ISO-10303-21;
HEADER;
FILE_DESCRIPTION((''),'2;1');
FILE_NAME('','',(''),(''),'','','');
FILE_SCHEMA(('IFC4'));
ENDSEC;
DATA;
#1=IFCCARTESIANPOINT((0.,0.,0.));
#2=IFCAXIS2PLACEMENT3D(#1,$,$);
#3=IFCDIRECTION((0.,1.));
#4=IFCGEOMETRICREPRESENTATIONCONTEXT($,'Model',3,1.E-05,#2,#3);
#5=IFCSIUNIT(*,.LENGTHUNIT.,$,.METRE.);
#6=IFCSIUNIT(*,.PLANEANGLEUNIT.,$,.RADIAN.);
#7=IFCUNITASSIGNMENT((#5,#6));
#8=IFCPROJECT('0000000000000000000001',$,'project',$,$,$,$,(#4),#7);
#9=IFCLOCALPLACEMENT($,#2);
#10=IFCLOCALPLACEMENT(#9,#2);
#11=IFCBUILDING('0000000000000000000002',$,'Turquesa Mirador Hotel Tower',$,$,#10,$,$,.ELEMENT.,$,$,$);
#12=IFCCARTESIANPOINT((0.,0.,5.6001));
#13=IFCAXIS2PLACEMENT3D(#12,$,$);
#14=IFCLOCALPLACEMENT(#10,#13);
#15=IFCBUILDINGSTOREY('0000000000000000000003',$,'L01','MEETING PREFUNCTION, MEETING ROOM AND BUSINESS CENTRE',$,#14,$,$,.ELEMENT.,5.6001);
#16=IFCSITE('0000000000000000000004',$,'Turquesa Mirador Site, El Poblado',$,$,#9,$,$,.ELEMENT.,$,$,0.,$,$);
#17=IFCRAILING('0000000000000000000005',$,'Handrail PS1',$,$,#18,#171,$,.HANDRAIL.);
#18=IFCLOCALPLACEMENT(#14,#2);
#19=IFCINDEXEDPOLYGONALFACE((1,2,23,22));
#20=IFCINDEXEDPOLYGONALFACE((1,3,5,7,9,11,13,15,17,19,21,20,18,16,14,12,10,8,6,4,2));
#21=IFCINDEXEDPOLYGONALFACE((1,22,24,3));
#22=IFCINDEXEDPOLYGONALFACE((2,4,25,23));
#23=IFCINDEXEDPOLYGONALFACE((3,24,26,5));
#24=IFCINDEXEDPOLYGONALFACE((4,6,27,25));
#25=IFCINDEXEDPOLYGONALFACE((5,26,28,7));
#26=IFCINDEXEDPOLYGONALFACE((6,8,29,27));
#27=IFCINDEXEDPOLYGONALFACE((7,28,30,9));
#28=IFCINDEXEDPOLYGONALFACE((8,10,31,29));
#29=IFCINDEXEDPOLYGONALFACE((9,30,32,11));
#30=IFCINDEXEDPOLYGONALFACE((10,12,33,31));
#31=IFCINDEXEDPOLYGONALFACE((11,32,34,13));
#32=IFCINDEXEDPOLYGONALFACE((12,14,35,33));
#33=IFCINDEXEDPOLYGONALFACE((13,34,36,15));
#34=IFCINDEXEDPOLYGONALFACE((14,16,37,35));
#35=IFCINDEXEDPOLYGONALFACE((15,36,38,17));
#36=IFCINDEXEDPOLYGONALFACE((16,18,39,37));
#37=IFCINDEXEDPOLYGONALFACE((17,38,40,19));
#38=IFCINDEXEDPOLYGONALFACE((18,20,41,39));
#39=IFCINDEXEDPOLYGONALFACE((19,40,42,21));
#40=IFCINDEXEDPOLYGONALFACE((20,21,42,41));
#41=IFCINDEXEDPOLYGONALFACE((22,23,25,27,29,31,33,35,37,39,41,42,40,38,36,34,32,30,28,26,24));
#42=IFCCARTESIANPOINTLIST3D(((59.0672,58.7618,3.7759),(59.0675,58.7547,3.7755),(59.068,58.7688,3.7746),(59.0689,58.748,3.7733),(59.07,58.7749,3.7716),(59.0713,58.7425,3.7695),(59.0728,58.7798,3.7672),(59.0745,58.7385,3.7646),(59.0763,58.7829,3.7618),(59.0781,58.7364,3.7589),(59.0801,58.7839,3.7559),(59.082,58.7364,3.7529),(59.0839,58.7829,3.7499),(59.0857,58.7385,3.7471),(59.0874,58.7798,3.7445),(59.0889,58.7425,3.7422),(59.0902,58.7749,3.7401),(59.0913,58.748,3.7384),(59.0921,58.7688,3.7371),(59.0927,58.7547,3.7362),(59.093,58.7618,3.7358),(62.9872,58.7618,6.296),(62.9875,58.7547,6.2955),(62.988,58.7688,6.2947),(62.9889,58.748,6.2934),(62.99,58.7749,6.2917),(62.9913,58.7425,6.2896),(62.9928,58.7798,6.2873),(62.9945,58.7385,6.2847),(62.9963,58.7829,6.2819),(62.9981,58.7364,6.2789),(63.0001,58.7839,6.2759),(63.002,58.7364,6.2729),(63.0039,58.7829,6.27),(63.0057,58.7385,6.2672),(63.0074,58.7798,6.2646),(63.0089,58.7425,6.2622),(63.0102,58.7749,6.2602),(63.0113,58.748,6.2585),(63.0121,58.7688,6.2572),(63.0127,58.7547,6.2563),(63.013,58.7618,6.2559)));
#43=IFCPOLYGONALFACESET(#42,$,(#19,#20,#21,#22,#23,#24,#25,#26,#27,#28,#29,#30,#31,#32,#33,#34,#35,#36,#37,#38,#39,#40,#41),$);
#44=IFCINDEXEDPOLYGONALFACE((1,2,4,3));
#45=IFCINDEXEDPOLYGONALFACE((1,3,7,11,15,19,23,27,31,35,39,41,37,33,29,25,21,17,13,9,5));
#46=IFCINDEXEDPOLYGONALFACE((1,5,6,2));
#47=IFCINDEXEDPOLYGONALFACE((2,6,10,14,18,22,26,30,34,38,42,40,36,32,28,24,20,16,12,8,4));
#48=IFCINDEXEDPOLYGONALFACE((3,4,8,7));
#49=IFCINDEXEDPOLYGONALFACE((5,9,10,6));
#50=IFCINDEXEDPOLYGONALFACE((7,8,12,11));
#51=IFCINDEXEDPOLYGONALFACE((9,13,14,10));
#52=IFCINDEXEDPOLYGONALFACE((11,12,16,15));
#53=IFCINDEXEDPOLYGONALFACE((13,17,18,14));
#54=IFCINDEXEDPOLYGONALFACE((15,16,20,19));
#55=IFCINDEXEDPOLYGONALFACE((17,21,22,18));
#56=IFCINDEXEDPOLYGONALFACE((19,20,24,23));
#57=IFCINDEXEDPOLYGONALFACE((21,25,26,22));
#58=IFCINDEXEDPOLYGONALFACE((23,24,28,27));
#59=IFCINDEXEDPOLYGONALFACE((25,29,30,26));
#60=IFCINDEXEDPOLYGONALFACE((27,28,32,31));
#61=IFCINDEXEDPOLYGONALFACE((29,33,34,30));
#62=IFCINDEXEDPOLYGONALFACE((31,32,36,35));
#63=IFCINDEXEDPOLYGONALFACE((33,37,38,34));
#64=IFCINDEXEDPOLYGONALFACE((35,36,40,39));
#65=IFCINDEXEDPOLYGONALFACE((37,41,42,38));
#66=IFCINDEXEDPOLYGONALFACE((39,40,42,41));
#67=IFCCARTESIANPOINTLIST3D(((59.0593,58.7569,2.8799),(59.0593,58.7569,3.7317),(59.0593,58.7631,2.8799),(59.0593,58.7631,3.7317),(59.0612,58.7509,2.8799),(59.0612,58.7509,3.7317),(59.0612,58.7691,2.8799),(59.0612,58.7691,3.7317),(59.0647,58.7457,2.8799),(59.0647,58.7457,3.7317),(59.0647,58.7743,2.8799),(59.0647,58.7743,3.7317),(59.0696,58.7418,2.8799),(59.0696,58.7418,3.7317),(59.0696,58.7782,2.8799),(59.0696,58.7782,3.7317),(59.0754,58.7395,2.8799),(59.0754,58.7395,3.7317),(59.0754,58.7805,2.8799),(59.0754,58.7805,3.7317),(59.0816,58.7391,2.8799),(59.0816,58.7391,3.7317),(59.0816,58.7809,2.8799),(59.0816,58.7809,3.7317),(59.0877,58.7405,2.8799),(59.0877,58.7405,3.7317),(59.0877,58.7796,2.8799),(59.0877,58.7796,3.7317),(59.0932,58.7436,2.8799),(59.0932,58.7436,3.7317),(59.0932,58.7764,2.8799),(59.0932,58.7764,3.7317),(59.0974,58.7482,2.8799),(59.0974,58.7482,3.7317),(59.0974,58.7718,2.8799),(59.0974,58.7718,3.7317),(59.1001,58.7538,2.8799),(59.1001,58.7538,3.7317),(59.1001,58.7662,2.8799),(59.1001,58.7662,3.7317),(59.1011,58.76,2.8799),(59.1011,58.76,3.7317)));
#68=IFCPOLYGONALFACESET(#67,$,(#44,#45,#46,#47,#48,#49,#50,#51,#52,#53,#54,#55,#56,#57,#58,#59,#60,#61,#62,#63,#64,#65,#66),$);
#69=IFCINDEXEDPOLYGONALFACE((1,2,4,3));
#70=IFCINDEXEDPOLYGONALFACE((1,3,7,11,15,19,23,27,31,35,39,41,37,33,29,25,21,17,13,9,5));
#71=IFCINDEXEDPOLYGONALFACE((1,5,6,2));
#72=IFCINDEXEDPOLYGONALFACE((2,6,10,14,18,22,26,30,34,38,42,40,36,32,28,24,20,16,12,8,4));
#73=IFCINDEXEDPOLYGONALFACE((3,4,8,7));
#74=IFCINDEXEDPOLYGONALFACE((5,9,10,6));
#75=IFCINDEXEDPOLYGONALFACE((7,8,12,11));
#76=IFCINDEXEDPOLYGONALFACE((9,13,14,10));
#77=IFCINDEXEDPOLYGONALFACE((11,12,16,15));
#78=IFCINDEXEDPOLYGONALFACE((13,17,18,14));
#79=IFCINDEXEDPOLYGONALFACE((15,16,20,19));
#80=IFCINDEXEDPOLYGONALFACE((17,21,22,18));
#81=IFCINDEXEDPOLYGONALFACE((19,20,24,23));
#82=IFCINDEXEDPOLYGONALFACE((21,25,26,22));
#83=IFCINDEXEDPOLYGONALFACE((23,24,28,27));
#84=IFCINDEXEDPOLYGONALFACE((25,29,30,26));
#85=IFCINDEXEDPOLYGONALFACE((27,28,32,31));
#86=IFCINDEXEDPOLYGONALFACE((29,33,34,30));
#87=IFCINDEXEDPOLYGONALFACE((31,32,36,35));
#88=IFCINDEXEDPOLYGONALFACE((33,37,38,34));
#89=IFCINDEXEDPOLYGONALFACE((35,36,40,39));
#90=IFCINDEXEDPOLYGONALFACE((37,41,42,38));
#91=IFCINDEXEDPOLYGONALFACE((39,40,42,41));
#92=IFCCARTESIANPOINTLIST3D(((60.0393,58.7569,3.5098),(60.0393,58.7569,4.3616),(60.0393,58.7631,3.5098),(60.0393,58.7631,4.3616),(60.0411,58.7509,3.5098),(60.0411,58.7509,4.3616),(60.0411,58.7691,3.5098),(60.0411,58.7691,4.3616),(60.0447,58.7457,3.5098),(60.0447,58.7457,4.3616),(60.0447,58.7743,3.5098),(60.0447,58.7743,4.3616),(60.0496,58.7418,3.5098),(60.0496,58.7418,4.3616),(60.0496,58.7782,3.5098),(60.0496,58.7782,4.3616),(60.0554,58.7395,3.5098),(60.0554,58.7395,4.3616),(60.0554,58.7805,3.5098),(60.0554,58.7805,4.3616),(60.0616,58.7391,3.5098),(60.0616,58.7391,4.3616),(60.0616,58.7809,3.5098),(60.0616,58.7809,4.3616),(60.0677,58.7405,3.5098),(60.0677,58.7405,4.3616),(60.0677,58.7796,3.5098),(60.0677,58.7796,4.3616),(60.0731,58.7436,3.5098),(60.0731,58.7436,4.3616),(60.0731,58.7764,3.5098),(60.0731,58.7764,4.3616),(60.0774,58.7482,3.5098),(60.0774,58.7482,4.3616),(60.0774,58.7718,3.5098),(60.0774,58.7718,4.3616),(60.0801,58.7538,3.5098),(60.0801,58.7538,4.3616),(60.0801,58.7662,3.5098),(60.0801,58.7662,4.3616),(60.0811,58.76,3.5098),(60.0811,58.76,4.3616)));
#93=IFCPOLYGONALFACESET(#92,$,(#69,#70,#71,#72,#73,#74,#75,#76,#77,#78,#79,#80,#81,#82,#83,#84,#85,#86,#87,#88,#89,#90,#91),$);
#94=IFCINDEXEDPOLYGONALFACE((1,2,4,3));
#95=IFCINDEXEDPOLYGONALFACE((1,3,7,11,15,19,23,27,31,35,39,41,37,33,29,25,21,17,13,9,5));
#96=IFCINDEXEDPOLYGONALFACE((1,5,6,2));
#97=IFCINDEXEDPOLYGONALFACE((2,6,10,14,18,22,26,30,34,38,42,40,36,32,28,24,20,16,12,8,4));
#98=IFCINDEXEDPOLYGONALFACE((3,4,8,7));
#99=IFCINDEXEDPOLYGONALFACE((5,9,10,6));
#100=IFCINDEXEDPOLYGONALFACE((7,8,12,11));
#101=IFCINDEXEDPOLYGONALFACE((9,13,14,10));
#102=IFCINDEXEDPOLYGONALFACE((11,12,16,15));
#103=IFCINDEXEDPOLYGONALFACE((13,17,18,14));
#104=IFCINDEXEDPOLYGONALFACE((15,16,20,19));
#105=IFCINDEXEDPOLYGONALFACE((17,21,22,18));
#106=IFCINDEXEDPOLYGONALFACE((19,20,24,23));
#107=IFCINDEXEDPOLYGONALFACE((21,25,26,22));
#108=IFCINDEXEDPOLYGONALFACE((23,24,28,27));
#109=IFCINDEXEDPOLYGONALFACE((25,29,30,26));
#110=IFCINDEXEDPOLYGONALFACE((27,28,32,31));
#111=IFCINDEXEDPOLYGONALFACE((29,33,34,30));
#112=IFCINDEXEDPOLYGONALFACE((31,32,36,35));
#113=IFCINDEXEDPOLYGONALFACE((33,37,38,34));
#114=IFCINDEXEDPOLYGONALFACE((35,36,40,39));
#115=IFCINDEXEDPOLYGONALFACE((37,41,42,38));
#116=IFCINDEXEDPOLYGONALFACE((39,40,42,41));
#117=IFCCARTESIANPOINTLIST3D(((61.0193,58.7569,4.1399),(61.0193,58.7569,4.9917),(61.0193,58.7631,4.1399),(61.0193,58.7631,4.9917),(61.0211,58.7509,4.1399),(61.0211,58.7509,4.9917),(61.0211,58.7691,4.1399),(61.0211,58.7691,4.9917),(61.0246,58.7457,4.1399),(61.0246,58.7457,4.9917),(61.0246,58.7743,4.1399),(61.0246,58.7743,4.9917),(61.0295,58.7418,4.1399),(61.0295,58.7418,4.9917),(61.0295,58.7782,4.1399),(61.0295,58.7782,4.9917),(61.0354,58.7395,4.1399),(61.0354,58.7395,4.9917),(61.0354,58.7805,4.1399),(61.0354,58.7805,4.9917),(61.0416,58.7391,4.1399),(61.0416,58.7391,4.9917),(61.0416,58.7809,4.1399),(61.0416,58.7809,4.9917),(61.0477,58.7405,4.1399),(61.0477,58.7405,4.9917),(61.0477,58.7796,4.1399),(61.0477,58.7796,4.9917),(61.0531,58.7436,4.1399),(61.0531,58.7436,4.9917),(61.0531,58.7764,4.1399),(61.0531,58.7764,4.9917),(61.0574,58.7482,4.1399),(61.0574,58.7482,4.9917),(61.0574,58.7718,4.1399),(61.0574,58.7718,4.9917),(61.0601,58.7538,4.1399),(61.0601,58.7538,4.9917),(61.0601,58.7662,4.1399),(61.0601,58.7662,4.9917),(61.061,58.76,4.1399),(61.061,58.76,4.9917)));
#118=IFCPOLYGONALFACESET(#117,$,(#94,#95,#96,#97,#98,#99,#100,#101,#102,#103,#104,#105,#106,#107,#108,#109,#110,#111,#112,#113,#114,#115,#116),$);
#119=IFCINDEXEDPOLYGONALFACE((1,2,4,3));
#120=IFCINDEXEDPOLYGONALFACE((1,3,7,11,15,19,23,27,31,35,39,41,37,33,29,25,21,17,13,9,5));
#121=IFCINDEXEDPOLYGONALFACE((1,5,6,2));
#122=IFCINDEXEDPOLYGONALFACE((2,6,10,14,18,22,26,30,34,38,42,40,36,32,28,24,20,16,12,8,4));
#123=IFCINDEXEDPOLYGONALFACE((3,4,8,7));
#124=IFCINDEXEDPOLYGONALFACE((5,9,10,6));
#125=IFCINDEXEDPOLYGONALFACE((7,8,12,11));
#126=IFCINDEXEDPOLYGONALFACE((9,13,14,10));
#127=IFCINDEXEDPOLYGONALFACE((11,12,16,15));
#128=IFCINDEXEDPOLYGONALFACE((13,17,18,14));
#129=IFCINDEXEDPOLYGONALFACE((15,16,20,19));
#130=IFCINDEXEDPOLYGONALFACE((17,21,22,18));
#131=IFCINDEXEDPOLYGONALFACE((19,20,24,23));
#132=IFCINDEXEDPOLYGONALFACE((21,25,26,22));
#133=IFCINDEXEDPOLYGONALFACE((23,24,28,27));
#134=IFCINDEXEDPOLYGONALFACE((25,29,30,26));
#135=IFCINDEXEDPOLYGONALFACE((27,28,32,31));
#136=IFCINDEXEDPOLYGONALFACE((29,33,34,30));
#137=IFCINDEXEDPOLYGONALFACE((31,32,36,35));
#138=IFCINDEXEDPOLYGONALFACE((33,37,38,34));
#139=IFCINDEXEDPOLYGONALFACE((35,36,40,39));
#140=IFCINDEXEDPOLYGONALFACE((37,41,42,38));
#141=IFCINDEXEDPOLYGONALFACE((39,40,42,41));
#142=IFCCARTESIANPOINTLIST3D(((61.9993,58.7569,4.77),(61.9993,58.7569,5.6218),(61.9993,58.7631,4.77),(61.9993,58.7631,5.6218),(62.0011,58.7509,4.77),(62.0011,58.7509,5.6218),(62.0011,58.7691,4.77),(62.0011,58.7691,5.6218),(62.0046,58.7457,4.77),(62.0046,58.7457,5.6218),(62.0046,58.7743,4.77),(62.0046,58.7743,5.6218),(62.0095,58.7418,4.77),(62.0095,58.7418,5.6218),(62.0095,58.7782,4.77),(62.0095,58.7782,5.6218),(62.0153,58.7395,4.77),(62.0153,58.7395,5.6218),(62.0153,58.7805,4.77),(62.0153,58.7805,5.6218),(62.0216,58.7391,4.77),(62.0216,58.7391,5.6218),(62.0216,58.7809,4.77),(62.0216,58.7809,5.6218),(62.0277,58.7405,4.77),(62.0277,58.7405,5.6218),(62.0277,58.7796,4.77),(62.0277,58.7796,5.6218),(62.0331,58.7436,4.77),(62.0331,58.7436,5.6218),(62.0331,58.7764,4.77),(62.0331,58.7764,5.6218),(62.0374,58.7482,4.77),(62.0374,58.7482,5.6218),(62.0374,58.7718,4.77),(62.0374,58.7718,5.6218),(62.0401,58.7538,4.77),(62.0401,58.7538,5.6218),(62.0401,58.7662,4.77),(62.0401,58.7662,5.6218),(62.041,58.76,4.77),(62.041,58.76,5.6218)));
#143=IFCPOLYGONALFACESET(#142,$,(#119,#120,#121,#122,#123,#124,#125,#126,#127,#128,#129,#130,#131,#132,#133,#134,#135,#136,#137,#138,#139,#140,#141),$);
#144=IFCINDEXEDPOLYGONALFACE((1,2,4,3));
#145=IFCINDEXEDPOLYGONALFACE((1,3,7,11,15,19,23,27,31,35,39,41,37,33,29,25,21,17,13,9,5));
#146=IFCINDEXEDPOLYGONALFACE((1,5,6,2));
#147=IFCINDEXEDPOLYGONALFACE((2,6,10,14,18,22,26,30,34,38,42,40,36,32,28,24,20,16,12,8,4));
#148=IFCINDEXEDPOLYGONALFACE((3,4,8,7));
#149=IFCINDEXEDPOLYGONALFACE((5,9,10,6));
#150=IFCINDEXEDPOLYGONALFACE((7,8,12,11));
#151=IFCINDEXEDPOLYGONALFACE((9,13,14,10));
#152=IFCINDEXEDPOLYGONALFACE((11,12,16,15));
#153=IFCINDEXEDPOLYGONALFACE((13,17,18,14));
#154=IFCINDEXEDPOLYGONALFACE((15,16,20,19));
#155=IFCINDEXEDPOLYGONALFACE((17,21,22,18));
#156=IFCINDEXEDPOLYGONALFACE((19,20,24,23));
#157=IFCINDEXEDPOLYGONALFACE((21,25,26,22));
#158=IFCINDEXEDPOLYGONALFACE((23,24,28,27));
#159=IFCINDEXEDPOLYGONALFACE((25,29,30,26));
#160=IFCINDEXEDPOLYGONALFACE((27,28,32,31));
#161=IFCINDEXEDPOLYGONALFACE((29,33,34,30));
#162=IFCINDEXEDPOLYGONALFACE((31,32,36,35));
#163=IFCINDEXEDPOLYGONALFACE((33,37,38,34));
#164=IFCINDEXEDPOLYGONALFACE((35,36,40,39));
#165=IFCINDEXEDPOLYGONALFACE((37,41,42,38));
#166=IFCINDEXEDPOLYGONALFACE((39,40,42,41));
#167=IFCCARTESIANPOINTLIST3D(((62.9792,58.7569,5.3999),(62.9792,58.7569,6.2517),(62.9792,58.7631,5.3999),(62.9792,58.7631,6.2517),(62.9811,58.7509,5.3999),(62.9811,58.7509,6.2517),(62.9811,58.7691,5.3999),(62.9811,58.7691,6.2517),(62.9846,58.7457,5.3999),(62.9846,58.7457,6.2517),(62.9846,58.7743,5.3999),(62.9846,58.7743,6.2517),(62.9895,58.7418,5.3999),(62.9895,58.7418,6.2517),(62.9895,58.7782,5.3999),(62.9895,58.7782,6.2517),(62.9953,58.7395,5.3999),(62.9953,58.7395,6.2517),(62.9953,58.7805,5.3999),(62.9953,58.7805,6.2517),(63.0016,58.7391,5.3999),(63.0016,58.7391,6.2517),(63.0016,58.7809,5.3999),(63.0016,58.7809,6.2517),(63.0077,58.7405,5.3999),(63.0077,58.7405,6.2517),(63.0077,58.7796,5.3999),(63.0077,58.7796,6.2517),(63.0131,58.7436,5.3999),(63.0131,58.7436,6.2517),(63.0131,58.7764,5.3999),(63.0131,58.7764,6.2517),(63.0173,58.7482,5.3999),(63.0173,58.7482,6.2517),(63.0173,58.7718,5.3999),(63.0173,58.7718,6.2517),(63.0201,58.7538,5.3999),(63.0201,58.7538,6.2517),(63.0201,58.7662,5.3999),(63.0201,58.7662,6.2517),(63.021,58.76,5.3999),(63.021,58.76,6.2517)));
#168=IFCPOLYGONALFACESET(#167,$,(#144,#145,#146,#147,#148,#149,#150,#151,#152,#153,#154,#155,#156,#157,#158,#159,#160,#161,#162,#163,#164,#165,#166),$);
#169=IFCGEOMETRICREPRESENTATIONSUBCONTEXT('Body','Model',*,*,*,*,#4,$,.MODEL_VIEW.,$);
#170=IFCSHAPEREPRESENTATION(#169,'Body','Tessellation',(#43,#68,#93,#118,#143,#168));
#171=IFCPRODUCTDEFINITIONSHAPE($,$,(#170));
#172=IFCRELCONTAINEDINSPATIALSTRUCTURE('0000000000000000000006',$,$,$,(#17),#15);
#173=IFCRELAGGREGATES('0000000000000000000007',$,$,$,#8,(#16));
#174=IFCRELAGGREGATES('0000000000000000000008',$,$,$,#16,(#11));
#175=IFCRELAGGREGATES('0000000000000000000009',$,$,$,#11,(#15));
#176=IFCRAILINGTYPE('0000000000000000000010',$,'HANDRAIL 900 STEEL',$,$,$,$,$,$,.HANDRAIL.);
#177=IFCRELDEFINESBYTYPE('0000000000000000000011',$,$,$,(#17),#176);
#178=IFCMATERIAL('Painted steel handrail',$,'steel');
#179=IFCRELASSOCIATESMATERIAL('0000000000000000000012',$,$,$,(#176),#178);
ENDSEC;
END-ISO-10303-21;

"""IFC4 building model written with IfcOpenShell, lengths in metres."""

from ifc_helpers import new_model, si_unit, direction, frame, origin, origin_2d, place, context, subcontext, project, spatial, circle, extrude, material, type_object, element, save


model = new_model("IFC4")

# Units and contexts
model_context = context("Model", 3, precision=1e-05, world=origin(), true_north=direction((0.0, 1.0)))
body_context = subcontext(model_context, "Body", "Model", "MODEL_VIEW")
ifc_project = project(units=[si_unit("LENGTHUNIT", "METRE"), si_unit("PLANEANGLEUNIT", "RADIAN")], contexts=[model_context])

# Site, building, storey
site_placement = place(None, origin())
site = spatial("IfcSite", under=ifc_project, at=site_placement, Name="Turquesa Mirador Site, El Poblado", CompositionType="ELEMENT", RefElevation=0.0)
building_placement = place(site_placement, origin())
building = spatial("IfcBuilding", under=site, at=building_placement, Name="Turquesa Mirador Hotel Tower", CompositionType="ELEMENT")
storey_placement = place(building_placement, frame((0.0, 0.0, 5.6001)))
storey = spatial("IfcBuildingStorey", under=building, at=storey_placement, Name="L01", Description="MEETING PREFUNCTION, MEETING ROOM AND BUSINESS CENTRE", CompositionType="ELEMENT", Elevation=5.6001)

# Railing
ifc_material_1 = material(Name="Painted steel handrail", Category="steel")
railing_type = type_object("IfcRailingType", Name="HANDRAIL 900 STEEL", PredefinedType="HANDRAIL", material=ifc_material_1)
railing_1_placement = place(storey_placement, frame((59.0801, 58.76, 2.8799)))
element("IfcRailing", 1, at=railing_1_placement, inside=storey, type_object=railing_type, Name="Handrail PS1", PredefinedType="HANDRAIL", context=body_context, shape_type="SweptSolid", body=[
    extrude(circle(Radius=0.0239, at=origin_2d()), frame((0.0, 0.0, 0.876), z_axis=(0.841172, 0.0, 0.540768), x_axis=(0.0, 1.0, 0.0)), (0.0, 0.0, 1.0), 4.6602),
    extrude(circle(Radius=0.021, at=origin_2d()), origin(), (0.0, 0.0, 1.0), 0.8518),
    extrude(circle(Radius=0.021, at=origin_2d()), frame((0.98, 0.0, 0.6299)), (0.0, 0.0, 1.0), 0.8518),
    extrude(circle(Radius=0.021, at=origin_2d()), frame((1.96, 0.0, 1.26)), (0.0, 0.0, 1.0), 0.8518),
    extrude(circle(Radius=0.021, at=origin_2d()), frame((2.9399, 0.0, 1.8901)), (0.0, 0.0, 1.0), 0.8518),
    extrude(circle(Radius=0.021, at=origin_2d()), frame((3.9199, 0.0, 2.52)), (0.0, 0.0, 1.0), 0.8518),
])

save(model, "model.ifc")
